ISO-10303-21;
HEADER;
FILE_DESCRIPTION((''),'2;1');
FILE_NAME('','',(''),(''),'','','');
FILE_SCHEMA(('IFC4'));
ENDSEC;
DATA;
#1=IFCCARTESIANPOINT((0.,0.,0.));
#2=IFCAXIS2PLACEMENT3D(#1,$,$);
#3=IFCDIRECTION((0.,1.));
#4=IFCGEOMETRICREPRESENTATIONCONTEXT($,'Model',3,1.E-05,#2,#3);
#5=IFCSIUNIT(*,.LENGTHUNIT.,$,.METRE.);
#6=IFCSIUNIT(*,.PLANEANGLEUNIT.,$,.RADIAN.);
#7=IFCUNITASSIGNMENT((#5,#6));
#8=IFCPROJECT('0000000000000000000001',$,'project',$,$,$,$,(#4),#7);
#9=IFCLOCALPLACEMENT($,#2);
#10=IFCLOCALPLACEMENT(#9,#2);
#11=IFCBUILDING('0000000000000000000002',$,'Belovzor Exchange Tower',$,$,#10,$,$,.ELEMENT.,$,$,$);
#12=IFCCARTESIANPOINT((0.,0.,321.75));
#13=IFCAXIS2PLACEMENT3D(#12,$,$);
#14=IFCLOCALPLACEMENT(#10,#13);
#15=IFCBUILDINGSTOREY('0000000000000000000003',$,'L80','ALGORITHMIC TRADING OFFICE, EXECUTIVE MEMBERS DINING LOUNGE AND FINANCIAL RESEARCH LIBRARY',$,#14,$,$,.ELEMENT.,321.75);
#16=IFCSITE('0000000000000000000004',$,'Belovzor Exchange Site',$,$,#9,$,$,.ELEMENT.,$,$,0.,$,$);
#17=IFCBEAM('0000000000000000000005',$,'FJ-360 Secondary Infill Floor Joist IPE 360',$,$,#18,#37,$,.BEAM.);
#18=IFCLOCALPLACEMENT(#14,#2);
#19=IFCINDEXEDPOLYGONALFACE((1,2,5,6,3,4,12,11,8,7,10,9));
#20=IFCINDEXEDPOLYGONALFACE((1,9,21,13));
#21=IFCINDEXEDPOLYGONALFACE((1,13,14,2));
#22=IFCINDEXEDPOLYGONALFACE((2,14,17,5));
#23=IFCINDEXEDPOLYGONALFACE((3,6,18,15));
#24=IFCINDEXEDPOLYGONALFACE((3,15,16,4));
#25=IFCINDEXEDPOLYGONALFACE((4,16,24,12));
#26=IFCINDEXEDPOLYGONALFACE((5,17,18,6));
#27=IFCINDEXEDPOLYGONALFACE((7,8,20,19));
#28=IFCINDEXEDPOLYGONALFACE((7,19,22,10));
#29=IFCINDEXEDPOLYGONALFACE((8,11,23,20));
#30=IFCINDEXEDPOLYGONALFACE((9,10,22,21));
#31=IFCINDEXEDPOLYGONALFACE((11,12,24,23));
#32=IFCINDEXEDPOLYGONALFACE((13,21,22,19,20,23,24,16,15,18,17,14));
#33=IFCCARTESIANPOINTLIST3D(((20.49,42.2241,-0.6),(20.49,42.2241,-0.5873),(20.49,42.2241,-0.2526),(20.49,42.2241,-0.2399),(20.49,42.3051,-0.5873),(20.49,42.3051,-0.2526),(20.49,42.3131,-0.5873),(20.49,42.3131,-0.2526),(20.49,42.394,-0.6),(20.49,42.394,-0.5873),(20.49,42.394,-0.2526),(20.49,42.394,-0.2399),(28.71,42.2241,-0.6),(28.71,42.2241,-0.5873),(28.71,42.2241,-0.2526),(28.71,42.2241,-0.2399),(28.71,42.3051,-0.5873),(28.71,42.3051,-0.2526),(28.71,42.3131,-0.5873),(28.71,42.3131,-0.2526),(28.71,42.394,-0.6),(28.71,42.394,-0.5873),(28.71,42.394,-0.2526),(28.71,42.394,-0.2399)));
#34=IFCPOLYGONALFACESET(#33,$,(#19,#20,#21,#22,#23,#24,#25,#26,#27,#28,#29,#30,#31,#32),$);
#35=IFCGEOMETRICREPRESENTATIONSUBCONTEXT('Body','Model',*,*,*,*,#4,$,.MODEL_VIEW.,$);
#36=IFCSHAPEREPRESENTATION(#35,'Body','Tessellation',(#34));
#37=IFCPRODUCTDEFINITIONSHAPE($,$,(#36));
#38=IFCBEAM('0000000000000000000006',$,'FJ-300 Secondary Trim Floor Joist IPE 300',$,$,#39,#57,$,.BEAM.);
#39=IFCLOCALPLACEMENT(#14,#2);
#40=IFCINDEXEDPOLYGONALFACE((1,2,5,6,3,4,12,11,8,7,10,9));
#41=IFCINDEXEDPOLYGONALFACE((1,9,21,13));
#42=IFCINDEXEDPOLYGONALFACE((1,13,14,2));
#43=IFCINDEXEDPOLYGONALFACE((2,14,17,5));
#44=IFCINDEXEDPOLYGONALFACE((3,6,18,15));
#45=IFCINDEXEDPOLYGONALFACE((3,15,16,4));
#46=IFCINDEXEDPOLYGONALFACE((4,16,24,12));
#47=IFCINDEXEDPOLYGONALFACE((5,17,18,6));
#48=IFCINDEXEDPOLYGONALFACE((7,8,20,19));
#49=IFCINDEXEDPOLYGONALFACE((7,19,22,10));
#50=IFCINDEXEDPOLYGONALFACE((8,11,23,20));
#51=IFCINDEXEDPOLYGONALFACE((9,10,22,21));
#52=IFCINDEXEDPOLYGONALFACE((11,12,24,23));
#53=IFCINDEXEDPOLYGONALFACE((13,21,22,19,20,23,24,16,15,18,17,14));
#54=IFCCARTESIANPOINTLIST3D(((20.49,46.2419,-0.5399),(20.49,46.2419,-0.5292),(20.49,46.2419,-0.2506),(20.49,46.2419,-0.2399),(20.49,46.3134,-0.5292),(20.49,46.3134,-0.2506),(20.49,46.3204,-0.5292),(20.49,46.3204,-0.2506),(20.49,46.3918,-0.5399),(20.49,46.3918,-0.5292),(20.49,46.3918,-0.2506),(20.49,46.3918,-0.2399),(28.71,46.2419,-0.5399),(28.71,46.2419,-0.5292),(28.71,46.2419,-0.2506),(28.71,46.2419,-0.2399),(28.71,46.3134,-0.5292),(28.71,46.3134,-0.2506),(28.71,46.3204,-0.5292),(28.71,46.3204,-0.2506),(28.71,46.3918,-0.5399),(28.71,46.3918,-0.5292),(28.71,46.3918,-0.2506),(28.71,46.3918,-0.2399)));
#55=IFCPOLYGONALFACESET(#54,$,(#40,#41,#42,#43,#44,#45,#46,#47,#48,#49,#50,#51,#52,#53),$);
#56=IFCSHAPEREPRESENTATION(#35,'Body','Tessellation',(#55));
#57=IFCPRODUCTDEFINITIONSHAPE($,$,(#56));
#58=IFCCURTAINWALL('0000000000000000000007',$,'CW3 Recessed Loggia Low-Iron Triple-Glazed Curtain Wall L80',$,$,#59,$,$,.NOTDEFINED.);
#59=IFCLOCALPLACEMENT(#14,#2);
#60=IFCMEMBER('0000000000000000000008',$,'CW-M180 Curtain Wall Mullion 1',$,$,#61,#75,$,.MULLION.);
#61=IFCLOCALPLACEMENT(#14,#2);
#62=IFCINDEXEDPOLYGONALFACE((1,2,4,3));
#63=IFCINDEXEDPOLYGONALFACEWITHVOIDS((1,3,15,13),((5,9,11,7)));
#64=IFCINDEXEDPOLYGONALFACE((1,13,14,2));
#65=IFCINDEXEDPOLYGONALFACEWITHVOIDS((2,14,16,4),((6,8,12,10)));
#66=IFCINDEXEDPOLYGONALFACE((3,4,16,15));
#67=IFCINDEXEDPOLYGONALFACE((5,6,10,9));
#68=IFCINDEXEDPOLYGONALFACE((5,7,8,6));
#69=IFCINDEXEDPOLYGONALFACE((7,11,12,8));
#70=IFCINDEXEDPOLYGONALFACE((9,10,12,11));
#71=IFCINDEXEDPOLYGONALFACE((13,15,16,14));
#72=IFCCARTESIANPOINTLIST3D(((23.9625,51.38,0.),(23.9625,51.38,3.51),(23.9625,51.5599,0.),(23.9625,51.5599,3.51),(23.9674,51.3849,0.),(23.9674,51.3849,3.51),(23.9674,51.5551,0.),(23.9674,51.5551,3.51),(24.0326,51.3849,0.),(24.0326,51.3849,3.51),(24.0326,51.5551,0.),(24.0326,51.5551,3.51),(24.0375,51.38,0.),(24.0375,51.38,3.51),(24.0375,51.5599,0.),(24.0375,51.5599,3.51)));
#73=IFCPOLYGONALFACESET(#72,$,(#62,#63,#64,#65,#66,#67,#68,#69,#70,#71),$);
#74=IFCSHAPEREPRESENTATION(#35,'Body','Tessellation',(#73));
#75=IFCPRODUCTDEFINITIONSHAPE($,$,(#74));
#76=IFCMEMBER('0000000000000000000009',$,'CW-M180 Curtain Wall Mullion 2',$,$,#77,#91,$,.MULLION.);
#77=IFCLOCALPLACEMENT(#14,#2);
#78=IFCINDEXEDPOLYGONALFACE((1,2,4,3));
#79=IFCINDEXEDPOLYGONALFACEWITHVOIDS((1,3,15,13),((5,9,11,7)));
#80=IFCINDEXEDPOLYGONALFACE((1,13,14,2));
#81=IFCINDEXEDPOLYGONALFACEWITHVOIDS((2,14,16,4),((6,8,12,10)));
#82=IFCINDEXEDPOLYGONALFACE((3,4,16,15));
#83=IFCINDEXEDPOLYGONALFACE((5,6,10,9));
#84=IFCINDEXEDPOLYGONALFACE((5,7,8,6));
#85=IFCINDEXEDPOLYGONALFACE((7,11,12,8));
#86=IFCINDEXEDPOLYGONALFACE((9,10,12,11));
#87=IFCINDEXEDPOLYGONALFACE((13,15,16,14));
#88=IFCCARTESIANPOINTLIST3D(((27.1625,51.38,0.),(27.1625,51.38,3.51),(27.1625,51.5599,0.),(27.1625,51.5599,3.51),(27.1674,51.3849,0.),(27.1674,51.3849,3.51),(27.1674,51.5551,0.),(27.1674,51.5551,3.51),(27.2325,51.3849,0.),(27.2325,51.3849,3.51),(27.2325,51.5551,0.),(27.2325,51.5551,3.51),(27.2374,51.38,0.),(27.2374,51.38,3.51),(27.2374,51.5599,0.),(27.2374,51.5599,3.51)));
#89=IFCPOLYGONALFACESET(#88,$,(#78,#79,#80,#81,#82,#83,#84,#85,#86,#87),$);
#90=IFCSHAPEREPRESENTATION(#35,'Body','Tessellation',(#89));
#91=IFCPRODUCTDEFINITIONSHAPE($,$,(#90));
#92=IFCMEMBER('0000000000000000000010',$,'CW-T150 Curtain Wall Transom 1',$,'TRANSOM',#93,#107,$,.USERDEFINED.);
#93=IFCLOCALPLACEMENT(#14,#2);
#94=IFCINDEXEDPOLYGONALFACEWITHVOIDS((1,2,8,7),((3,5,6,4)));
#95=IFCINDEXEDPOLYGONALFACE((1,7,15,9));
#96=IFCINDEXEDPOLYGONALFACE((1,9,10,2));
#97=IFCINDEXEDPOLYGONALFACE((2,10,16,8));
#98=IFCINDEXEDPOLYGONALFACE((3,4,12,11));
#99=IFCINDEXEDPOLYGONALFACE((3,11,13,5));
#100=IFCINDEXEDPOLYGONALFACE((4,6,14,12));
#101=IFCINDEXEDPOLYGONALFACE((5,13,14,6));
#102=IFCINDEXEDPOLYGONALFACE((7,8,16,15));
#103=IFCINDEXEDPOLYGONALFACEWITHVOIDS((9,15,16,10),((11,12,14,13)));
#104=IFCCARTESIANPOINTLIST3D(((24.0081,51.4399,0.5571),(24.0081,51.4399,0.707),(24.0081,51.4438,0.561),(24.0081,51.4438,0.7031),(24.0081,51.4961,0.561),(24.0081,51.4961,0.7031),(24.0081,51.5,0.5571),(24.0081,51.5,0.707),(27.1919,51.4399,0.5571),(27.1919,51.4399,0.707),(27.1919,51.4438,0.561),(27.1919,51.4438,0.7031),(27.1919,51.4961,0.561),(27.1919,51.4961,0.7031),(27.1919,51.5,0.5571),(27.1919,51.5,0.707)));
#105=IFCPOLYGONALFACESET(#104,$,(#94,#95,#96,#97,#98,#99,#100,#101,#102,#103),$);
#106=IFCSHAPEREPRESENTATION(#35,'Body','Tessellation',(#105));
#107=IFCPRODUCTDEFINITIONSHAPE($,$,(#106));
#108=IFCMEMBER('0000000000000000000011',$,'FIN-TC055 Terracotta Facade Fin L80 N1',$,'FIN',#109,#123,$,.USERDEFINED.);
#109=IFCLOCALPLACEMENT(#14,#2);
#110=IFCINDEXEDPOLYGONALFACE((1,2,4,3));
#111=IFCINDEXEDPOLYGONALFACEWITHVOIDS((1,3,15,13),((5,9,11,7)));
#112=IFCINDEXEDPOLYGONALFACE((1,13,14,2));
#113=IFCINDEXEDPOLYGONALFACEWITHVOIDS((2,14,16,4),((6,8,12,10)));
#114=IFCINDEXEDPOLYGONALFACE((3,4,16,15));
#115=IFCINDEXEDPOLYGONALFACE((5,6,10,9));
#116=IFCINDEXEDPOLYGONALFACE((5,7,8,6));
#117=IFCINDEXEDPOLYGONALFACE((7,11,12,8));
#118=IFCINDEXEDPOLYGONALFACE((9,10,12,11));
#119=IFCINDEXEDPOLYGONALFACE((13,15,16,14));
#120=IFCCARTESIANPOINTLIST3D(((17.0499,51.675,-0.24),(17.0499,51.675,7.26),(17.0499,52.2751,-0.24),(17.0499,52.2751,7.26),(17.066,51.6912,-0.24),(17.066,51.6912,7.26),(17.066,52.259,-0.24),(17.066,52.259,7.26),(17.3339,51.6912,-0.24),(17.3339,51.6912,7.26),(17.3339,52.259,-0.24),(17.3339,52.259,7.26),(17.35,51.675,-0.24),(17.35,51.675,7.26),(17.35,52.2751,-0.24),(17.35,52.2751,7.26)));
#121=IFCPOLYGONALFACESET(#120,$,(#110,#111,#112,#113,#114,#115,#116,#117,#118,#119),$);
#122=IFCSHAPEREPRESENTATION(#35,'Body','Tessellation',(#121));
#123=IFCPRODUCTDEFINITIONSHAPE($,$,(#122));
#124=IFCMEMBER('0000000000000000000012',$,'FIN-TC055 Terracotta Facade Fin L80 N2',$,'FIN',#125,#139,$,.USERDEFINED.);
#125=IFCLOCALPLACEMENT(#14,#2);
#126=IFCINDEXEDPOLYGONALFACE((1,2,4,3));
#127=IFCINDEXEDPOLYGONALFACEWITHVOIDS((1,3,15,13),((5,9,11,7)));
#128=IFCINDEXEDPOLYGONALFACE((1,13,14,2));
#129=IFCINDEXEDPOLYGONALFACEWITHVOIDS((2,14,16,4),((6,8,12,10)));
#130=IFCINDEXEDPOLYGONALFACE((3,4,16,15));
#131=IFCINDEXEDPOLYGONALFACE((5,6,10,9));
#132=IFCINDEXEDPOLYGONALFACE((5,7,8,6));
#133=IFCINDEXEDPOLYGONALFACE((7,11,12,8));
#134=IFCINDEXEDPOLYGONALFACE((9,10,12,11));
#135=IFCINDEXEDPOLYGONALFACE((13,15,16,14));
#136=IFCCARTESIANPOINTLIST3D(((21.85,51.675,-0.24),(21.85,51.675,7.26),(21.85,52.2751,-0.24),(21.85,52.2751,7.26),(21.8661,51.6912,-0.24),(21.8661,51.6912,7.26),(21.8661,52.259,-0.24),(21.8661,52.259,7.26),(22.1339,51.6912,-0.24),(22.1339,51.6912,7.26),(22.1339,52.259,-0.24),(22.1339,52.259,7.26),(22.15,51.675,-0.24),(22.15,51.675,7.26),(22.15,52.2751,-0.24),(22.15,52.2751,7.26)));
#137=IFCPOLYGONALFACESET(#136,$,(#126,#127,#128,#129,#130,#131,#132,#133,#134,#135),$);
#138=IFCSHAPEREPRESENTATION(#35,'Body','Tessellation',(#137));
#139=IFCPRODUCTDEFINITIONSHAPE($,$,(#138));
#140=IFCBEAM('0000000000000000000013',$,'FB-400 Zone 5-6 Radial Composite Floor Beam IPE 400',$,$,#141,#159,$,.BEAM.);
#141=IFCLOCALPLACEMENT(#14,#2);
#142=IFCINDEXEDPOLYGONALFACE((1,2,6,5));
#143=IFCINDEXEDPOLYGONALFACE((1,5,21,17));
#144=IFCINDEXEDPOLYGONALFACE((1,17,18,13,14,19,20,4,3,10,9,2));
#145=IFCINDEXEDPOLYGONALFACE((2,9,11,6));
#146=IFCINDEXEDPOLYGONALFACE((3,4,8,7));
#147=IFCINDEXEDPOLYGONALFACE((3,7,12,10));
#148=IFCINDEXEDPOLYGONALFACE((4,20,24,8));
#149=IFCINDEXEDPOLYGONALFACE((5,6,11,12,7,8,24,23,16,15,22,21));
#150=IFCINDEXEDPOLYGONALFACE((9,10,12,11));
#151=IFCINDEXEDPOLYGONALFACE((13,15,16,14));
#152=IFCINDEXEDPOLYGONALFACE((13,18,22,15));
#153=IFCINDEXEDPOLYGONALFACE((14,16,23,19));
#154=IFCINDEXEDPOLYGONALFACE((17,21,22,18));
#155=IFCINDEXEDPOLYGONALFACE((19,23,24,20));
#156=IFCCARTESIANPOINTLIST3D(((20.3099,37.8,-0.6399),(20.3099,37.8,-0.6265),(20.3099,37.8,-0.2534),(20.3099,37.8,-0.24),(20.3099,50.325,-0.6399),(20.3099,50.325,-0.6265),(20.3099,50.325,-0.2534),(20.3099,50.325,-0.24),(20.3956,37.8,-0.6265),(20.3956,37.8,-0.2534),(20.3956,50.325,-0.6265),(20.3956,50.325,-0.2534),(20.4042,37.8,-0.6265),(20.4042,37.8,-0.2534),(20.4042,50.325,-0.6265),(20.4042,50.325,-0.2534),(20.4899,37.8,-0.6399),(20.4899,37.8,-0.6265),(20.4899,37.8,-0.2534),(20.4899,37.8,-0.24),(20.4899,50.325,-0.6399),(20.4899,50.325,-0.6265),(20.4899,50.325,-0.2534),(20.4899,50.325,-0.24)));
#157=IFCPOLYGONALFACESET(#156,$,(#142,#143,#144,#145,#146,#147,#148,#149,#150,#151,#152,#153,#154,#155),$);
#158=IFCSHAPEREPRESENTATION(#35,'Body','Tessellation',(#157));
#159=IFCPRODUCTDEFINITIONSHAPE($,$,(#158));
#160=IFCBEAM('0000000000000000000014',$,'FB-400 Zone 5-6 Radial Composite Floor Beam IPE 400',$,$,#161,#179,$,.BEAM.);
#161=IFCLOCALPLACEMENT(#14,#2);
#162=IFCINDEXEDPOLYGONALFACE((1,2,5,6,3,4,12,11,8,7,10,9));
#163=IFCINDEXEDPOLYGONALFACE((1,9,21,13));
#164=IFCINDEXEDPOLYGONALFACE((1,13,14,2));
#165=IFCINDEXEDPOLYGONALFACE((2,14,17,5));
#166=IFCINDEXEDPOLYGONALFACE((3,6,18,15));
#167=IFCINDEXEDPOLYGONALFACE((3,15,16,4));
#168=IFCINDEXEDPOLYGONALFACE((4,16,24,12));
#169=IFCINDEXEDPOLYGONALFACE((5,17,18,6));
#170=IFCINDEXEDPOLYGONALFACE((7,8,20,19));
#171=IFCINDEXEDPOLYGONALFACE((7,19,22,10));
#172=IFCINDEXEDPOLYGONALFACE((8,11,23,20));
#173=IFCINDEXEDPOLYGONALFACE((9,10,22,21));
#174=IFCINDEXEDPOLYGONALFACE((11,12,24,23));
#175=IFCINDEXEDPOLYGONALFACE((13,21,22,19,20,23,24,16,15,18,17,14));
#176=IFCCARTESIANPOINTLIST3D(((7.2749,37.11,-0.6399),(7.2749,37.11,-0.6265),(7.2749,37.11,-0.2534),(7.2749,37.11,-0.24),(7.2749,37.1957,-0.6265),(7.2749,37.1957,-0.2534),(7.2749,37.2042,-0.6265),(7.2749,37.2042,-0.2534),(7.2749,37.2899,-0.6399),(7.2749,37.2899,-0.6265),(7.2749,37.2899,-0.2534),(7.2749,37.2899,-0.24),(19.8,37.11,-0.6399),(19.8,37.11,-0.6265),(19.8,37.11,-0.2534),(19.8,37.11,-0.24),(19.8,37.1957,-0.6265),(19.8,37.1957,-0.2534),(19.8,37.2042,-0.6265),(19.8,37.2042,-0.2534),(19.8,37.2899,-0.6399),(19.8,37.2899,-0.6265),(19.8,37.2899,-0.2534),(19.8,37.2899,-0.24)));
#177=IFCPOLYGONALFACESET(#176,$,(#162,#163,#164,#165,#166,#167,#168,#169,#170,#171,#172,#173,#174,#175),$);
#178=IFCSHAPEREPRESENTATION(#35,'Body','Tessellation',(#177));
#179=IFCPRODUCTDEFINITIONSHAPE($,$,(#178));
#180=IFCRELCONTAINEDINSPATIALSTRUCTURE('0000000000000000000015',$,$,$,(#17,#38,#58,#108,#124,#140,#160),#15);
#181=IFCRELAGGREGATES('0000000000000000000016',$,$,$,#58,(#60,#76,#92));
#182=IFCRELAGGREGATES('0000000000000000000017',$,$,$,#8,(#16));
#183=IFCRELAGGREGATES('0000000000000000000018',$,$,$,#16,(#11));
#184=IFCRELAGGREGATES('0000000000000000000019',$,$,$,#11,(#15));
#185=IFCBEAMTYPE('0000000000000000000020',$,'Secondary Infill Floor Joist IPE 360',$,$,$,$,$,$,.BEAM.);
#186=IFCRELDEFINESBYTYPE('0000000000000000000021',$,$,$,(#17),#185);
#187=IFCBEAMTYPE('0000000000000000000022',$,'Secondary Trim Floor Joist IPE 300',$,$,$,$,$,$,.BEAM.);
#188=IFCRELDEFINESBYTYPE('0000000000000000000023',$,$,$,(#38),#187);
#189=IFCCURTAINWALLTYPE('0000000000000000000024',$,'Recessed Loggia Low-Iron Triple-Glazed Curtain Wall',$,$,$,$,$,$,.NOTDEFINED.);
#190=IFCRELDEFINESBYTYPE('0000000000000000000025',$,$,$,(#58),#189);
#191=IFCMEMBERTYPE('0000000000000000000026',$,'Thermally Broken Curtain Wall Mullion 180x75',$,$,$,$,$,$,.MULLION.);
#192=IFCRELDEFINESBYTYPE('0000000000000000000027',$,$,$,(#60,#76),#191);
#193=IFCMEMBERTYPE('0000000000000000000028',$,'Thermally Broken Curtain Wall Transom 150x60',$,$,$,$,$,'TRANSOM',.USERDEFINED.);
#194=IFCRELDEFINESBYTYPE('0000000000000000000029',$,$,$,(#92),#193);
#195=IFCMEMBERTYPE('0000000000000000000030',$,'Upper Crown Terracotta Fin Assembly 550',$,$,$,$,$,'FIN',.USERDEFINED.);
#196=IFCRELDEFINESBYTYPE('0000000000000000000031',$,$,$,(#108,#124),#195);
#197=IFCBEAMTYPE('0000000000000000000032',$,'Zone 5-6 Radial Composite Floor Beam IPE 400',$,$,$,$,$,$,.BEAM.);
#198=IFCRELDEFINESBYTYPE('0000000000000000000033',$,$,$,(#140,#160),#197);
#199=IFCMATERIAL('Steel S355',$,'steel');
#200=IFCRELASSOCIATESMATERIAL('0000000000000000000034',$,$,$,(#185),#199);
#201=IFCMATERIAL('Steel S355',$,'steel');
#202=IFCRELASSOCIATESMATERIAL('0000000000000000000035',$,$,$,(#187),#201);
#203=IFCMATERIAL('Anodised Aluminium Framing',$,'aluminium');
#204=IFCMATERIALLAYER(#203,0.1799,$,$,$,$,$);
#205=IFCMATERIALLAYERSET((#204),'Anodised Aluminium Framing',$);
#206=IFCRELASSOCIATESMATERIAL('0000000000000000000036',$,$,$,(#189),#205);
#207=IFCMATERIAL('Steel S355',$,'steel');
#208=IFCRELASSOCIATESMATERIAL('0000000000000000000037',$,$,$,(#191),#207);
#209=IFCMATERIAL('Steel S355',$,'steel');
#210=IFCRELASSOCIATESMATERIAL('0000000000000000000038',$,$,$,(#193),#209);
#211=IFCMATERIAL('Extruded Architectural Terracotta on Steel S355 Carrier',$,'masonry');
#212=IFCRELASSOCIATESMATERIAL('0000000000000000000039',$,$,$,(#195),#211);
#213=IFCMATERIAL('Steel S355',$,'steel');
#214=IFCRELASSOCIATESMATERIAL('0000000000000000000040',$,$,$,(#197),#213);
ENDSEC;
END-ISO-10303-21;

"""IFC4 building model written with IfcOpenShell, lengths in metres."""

from ifc_helpers import new_model, si_unit, direction, frame, origin, origin_2d, place, context, subcontext, project, spatial, hollow_rectangle, i_section, extrude, material, layer, layer_set, material_profile, profile_set, type_object, element, aggregate, save


model = new_model("IFC4")

# Units and contexts
model_context = context("Model", 3, precision=1e-05, world=origin(), true_north=direction((0.0, 1.0)))
body_context = subcontext(model_context, "Body", "Model", "MODEL_VIEW")
ifc_project = project(units=[si_unit("LENGTHUNIT", "METRE"), si_unit("PLANEANGLEUNIT", "RADIAN")], contexts=[model_context])

# Site, building, storey
site_placement = place(None, origin())
site = spatial("IfcSite", under=ifc_project, at=site_placement, Name="Belovzor Exchange Site", CompositionType="ELEMENT", RefElevation=0.0)
building_placement = place(site_placement, origin())
building = spatial("IfcBuilding", under=site, at=building_placement, Name="Belovzor Exchange Tower", CompositionType="ELEMENT")
storey_placement = place(building_placement, frame((0.0, 0.0, 321.75)))
storey = spatial("IfcBuildingStorey", under=building, at=storey_placement, Name="L80", Description="ALGORITHMIC TRADING OFFICE, EXECUTIVE MEMBERS DINING LOUNGE AND FINANCIAL RESEARCH LIBRARY", CompositionType="ELEMENT", Elevation=321.75)

# Beams
ifc_material_1 = material(Name="Steel S355", Category="steel")
ifc_material_profile_1 = material_profile(ifc_material_1, i_section(OverallWidth=0.1699, OverallDepth=0.3601, WebThickness=0.0081, FlangeThickness=0.0127, at=origin_2d()))
ifc_profile_set_1 = profile_set([ifc_material_profile_1], Name="Steel S355")
beam_type_1 = type_object("IfcBeamType", Name="Secondary Infill Floor Joist IPE 360", PredefinedType="BEAM", material=ifc_profile_set_1)
beam_1_placement = place(storey_placement, frame((20.49, 42.3091, -0.4199), z_axis=(1.0, 0.0, 0.0), x_axis=(0.0, 1.0, 0.0)))
element("IfcBeam", 1, at=beam_1_placement, inside=storey, type_object=beam_type_1, Name="FJ-360 Secondary Infill Floor Joist IPE 360", PredefinedType="BEAM", context=body_context, shape_type="SweptSolid", body=[
    extrude(i_section(OverallWidth=0.1699, OverallDepth=0.3601, WebThickness=0.0081, FlangeThickness=0.0127, at=origin_2d()), origin(), (0.0, 0.0, 1.0), 8.22),
])
ifc_material_2 = material(Name="Steel S355", Category="steel")
ifc_material_profile_2 = material_profile(ifc_material_2, i_section(OverallWidth=0.1499, OverallDepth=0.3, WebThickness=0.0071, FlangeThickness=0.0107, at=origin_2d()))
ifc_profile_set_2 = profile_set([ifc_material_profile_2], Name="Steel S355")
beam_type_2 = type_object("IfcBeamType", Name="Secondary Trim Floor Joist IPE 300", PredefinedType="BEAM", material=ifc_profile_set_2)
beam_2_placement = place(storey_placement, frame((20.49, 46.3169, -0.3899), z_axis=(1.0, 0.0, 0.0), x_axis=(0.0, 1.0, 0.0)))
element("IfcBeam", 2, at=beam_2_placement, inside=storey, type_object=beam_type_2, Name="FJ-300 Secondary Trim Floor Joist IPE 300", PredefinedType="BEAM", context=body_context, shape_type="SweptSolid", body=[
    extrude(i_section(OverallWidth=0.1499, OverallDepth=0.3, WebThickness=0.0071, FlangeThickness=0.0107, at=origin_2d()), origin(), (0.0, 0.0, 1.0), 8.22),
])

# Curtain wall, members
ifc_material_3 = material(Name="Anodised Aluminium Framing", Category="aluminium")
ifc_layer_1 = layer(ifc_material_3, 0.1799)
ifc_layer_set_1 = layer_set([ifc_layer_1], Name="Anodised Aluminium Framing")
curtain_wall_type = type_object("IfcCurtainWallType", Name="Recessed Loggia Low-Iron Triple-Glazed Curtain Wall", PredefinedType="NOTDEFINED", material=ifc_layer_set_1)
curtain_wall_placement = place(storey_placement, origin())
curtain_wall = element("IfcCurtainWall", 3, at=curtain_wall_placement, inside=storey, type_object=curtain_wall_type, Name="CW3 Recessed Loggia Low-Iron Triple-Glazed Curtain Wall L80", PredefinedType="NOTDEFINED")
ifc_material_4 = material(Name="Steel S355", Category="steel")
ifc_material_profile_3 = material_profile(ifc_material_4, hollow_rectangle(XDim=0.075, YDim=0.1799, WallThickness=0.0049, at=origin_2d()))
ifc_profile_set_3 = profile_set([ifc_material_profile_3], Name="Steel S355")
member_type_1 = type_object("IfcMemberType", Name="Thermally Broken Curtain Wall Mullion 180x75", PredefinedType="MULLION", material=ifc_profile_set_3)
member_1_placement = place(storey_placement, frame((24.0, 51.47, 0.0), z_axis=(0.0, 0.0, 1.0), x_axis=(1.0, 0.0, 0.0)))
member_1 = element("IfcMember", 4, at=member_1_placement, type_object=member_type_1, Name="CW-M180 Curtain Wall Mullion 1", PredefinedType="MULLION", context=body_context, shape_type="SweptSolid", body=[
    extrude(hollow_rectangle(XDim=0.075, YDim=0.1799, WallThickness=0.0049, at=origin_2d()), origin(), (0.0, 0.0, 1.0), 3.51),
])
member_2_placement = place(storey_placement, frame((27.2, 51.47, 0.0), z_axis=(0.0, 0.0, 1.0), x_axis=(1.0, 0.0, 0.0)))
member_2 = element("IfcMember", 5, at=member_2_placement, type_object=member_type_1, Name="CW-M180 Curtain Wall Mullion 2", PredefinedType="MULLION", context=body_context, shape_type="SweptSolid", body=[
    extrude(hollow_rectangle(XDim=0.075, YDim=0.1799, WallThickness=0.0049, at=origin_2d()), origin(), (0.0, 0.0, 1.0), 3.51),
])
ifc_material_5 = material(Name="Steel S355", Category="steel")
ifc_material_profile_4 = material_profile(ifc_material_5, hollow_rectangle(XDim=0.0601, YDim=0.1499, WallThickness=0.0039, at=origin_2d()))
ifc_profile_set_4 = profile_set([ifc_material_profile_4], Name="Steel S355")
member_type_2 = type_object("IfcMemberType", Name="Thermally Broken Curtain Wall Transom 150x60", ElementType="TRANSOM", PredefinedType="USERDEFINED", material=ifc_profile_set_4)
member_3_placement = place(storey_placement, frame((24.0081, 51.47, 0.6321), z_axis=(1.0, 0.0, 0.0), x_axis=(0.0, 1.0, 0.0)))
member_3 = element("IfcMember", 6, at=member_3_placement, type_object=member_type_2, Name="CW-T150 Curtain Wall Transom 1", ObjectType="TRANSOM", PredefinedType="USERDEFINED", context=body_context, shape_type="SweptSolid", body=[
    extrude(hollow_rectangle(XDim=0.0601, YDim=0.1499, WallThickness=0.0039, at=origin_2d()), origin(), (0.0, 0.0, 1.0), 3.1838),
])

# Members
ifc_material_6 = material(Name="Extruded Architectural Terracotta on Steel S355 Carrier", Category="masonry")
ifc_material_profile_5 = material_profile(ifc_material_6, hollow_rectangle(XDim=0.3, YDim=0.6001, WallThickness=0.0161, at=origin_2d()))
ifc_profile_set_5 = profile_set([ifc_material_profile_5], Name="Extruded Architectural Terracotta on Steel S355 Carrier")
member_type_3 = type_object("IfcMemberType", Name="Upper Crown Terracotta Fin Assembly 550", ElementType="FIN", PredefinedType="USERDEFINED", material=ifc_profile_set_5)
for number, where, z_axis, x_axis, name in (
    (7, (17.2, 51.9751, -0.24), (0.0, 0.0, 1.0), (1.0, 0.0, 0.0), "FIN-TC055 Terracotta Facade Fin L80 N1"),
    (8, (22.0, 51.9751, -0.24), (0.0, 0.0, 1.0), (1.0, 0.0, 0.0), "FIN-TC055 Terracotta Facade Fin L80 N2"),
):
    element("IfcMember", number, at=place(storey_placement, frame(where, z_axis=z_axis, x_axis=x_axis)), inside=storey, type_object=member_type_3, Name=name, ObjectType="FIN", PredefinedType="USERDEFINED", context=body_context, shape_type="SweptSolid", body=[
        extrude(hollow_rectangle(XDim=0.3, YDim=0.6001, WallThickness=0.0161, at=origin_2d()), origin(), (0.0, 0.0, 1.0), 7.5),
    ])

# Beams
ifc_material_7 = material(Name="Steel S355", Category="steel")
ifc_material_profile_6 = material_profile(ifc_material_7, i_section(OverallWidth=0.1799, OverallDepth=0.3999, WebThickness=0.0085, FlangeThickness=0.0134, at=origin_2d()))
ifc_profile_set_6 = profile_set([ifc_material_profile_6], Name="Steel S355")
beam_type_3 = type_object("IfcBeamType", Name="Zone 5-6 Radial Composite Floor Beam IPE 400", PredefinedType="BEAM", material=ifc_profile_set_6)
beam_3_placement = place(storey_placement, frame((20.3999, 37.8, -0.4399), z_axis=(0.0, 1.0, 0.0), x_axis=(-1.0, 0.0, 0.0)))
element("IfcBeam", 9, at=beam_3_placement, inside=storey, type_object=beam_type_3, Name="FB-400 Zone 5-6 Radial Composite Floor Beam IPE 400", PredefinedType="BEAM", context=body_context, shape_type="SweptSolid", body=[
    extrude(i_section(OverallWidth=0.1799, OverallDepth=0.3999, WebThickness=0.0085, FlangeThickness=0.0134, at=origin_2d()), origin(), (0.0, 0.0, 1.0), 12.5249),
])
beam_4_placement = place(storey_placement, frame((19.8, 37.2, -0.4399), z_axis=(-1.0, 0.0, 0.0), x_axis=(0.0, -1.0, 0.0)))
element("IfcBeam", 10, at=beam_4_placement, inside=storey, type_object=beam_type_3, Name="FB-400 Zone 5-6 Radial Composite Floor Beam IPE 400", PredefinedType="BEAM", context=body_context, shape_type="SweptSolid", body=[
    extrude(i_section(OverallWidth=0.1799, OverallDepth=0.3999, WebThickness=0.0085, FlangeThickness=0.0134, at=origin_2d()), origin(), (0.0, 0.0, 1.0), 12.5251),
])

aggregate(curtain_wall, [member_1, member_2, member_3])

save(model, "model.ifc")
